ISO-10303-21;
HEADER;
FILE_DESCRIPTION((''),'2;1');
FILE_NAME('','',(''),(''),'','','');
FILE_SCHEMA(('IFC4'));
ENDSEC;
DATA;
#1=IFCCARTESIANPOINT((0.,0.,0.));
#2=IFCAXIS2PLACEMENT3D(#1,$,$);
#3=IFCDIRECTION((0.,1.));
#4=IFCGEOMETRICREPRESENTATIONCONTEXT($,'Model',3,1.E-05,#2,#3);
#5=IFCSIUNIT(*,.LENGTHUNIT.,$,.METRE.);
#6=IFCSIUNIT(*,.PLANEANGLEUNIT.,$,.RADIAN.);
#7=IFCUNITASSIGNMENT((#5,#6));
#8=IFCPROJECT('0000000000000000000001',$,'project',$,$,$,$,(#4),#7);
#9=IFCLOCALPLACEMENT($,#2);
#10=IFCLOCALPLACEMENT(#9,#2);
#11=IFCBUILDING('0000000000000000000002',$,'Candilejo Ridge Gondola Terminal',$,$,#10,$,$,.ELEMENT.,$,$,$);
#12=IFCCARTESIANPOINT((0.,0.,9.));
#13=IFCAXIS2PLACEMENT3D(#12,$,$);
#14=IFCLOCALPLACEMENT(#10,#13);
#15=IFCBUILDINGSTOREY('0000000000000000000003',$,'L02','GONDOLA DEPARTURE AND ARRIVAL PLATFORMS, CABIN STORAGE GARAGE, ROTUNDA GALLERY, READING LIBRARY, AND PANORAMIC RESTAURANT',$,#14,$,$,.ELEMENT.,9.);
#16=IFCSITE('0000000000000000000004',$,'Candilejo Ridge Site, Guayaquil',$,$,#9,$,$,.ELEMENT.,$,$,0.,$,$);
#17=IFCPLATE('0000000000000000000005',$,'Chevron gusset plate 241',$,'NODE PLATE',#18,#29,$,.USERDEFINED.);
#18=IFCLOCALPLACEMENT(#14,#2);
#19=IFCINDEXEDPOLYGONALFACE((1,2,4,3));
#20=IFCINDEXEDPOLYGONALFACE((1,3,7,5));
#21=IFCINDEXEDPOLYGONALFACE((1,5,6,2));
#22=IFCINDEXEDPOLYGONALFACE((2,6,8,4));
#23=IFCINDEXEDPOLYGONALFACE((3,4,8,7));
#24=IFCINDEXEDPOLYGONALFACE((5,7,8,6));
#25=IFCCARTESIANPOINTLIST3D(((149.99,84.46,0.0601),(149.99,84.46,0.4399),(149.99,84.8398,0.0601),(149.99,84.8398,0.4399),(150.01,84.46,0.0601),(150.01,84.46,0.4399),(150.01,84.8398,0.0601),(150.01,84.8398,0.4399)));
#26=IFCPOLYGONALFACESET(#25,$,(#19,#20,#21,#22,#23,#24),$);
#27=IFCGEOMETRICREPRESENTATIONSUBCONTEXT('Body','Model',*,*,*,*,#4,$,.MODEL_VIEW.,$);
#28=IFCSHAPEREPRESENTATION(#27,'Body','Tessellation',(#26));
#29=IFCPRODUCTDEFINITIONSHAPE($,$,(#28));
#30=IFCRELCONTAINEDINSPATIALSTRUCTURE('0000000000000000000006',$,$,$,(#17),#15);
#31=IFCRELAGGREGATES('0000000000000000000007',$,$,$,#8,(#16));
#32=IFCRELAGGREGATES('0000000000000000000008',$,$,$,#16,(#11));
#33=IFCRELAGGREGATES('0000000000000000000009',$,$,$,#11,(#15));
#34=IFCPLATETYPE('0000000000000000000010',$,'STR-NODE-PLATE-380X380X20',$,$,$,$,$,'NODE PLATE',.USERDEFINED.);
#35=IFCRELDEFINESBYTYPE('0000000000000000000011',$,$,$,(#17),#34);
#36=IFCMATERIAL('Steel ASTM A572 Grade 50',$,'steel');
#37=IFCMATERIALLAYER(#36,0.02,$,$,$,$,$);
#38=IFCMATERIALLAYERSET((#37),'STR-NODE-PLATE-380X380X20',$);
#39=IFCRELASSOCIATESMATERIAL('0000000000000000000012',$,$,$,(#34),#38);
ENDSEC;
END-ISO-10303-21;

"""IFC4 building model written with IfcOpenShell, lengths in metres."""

from ifc_helpers import new_model, si_unit, direction, frame, origin, origin_2d, place, context, subcontext, project, spatial, rectangle, extrude, material, layer, layer_set, type_object, element, save


model = new_model("IFC4")

# Units and contexts
model_context = context("Model", 3, precision=1e-05, world=origin(), true_north=direction((0.0, 1.0)))
body_context = subcontext(model_context, "Body", "Model", "MODEL_VIEW")
ifc_project = project(units=[si_unit("LENGTHUNIT", "METRE"), si_unit("PLANEANGLEUNIT", "RADIAN")], contexts=[model_context])

# Site, building, storey
site_placement = place(None, origin())
site = spatial("IfcSite", under=ifc_project, at=site_placement, Name="Candilejo Ridge Site, Guayaquil", CompositionType="ELEMENT", RefElevation=0.0)
building_placement = place(site_placement, origin())
building = spatial("IfcBuilding", under=site, at=building_placement, Name="Candilejo Ridge Gondola Terminal", CompositionType="ELEMENT")
storey_placement = place(building_placement, frame((0.0, 0.0, 9.0)))
storey = spatial("IfcBuildingStorey", under=building, at=storey_placement, Name="L02", Description="GONDOLA DEPARTURE AND ARRIVAL PLATFORMS, CABIN STORAGE GARAGE, ROTUNDA GALLERY, READING LIBRARY, AND PANORAMIC RESTAURANT", CompositionType="ELEMENT", Elevation=9.0)

# Plate
ifc_material_1 = material(Name="Steel ASTM A572 Grade 50", Category="steel")
ifc_layer_1 = layer(ifc_material_1, 0.02)
ifc_layer_set_1 = layer_set([ifc_layer_1], Name="STR-NODE-PLATE-380X380X20")
plate_type_1 = type_object("IfcPlateType", Name="STR-NODE-PLATE-380X380X20", ElementType="NODE PLATE", PredefinedType="USERDEFINED", material=ifc_layer_set_1)
plate_1_placement = place(storey_placement, frame((150.0, 84.6499, 0.0601), z_axis=(0.0, 0.0, 1.0), x_axis=(1.0, 0.0, 0.0)))
element("IfcPlate", 1, at=plate_1_placement, inside=storey, type_object=plate_type_1, Name="Chevron gusset plate 241", ObjectType="NODE PLATE", PredefinedType="USERDEFINED", context=body_context, shape_type="SweptSolid", body=[
    extrude(rectangle(XDim=0.02, YDim=0.3799, at=origin_2d()), origin(), (0.0, 0.0, 1.0), 0.3799),
])

save(model, "model.ifc")
